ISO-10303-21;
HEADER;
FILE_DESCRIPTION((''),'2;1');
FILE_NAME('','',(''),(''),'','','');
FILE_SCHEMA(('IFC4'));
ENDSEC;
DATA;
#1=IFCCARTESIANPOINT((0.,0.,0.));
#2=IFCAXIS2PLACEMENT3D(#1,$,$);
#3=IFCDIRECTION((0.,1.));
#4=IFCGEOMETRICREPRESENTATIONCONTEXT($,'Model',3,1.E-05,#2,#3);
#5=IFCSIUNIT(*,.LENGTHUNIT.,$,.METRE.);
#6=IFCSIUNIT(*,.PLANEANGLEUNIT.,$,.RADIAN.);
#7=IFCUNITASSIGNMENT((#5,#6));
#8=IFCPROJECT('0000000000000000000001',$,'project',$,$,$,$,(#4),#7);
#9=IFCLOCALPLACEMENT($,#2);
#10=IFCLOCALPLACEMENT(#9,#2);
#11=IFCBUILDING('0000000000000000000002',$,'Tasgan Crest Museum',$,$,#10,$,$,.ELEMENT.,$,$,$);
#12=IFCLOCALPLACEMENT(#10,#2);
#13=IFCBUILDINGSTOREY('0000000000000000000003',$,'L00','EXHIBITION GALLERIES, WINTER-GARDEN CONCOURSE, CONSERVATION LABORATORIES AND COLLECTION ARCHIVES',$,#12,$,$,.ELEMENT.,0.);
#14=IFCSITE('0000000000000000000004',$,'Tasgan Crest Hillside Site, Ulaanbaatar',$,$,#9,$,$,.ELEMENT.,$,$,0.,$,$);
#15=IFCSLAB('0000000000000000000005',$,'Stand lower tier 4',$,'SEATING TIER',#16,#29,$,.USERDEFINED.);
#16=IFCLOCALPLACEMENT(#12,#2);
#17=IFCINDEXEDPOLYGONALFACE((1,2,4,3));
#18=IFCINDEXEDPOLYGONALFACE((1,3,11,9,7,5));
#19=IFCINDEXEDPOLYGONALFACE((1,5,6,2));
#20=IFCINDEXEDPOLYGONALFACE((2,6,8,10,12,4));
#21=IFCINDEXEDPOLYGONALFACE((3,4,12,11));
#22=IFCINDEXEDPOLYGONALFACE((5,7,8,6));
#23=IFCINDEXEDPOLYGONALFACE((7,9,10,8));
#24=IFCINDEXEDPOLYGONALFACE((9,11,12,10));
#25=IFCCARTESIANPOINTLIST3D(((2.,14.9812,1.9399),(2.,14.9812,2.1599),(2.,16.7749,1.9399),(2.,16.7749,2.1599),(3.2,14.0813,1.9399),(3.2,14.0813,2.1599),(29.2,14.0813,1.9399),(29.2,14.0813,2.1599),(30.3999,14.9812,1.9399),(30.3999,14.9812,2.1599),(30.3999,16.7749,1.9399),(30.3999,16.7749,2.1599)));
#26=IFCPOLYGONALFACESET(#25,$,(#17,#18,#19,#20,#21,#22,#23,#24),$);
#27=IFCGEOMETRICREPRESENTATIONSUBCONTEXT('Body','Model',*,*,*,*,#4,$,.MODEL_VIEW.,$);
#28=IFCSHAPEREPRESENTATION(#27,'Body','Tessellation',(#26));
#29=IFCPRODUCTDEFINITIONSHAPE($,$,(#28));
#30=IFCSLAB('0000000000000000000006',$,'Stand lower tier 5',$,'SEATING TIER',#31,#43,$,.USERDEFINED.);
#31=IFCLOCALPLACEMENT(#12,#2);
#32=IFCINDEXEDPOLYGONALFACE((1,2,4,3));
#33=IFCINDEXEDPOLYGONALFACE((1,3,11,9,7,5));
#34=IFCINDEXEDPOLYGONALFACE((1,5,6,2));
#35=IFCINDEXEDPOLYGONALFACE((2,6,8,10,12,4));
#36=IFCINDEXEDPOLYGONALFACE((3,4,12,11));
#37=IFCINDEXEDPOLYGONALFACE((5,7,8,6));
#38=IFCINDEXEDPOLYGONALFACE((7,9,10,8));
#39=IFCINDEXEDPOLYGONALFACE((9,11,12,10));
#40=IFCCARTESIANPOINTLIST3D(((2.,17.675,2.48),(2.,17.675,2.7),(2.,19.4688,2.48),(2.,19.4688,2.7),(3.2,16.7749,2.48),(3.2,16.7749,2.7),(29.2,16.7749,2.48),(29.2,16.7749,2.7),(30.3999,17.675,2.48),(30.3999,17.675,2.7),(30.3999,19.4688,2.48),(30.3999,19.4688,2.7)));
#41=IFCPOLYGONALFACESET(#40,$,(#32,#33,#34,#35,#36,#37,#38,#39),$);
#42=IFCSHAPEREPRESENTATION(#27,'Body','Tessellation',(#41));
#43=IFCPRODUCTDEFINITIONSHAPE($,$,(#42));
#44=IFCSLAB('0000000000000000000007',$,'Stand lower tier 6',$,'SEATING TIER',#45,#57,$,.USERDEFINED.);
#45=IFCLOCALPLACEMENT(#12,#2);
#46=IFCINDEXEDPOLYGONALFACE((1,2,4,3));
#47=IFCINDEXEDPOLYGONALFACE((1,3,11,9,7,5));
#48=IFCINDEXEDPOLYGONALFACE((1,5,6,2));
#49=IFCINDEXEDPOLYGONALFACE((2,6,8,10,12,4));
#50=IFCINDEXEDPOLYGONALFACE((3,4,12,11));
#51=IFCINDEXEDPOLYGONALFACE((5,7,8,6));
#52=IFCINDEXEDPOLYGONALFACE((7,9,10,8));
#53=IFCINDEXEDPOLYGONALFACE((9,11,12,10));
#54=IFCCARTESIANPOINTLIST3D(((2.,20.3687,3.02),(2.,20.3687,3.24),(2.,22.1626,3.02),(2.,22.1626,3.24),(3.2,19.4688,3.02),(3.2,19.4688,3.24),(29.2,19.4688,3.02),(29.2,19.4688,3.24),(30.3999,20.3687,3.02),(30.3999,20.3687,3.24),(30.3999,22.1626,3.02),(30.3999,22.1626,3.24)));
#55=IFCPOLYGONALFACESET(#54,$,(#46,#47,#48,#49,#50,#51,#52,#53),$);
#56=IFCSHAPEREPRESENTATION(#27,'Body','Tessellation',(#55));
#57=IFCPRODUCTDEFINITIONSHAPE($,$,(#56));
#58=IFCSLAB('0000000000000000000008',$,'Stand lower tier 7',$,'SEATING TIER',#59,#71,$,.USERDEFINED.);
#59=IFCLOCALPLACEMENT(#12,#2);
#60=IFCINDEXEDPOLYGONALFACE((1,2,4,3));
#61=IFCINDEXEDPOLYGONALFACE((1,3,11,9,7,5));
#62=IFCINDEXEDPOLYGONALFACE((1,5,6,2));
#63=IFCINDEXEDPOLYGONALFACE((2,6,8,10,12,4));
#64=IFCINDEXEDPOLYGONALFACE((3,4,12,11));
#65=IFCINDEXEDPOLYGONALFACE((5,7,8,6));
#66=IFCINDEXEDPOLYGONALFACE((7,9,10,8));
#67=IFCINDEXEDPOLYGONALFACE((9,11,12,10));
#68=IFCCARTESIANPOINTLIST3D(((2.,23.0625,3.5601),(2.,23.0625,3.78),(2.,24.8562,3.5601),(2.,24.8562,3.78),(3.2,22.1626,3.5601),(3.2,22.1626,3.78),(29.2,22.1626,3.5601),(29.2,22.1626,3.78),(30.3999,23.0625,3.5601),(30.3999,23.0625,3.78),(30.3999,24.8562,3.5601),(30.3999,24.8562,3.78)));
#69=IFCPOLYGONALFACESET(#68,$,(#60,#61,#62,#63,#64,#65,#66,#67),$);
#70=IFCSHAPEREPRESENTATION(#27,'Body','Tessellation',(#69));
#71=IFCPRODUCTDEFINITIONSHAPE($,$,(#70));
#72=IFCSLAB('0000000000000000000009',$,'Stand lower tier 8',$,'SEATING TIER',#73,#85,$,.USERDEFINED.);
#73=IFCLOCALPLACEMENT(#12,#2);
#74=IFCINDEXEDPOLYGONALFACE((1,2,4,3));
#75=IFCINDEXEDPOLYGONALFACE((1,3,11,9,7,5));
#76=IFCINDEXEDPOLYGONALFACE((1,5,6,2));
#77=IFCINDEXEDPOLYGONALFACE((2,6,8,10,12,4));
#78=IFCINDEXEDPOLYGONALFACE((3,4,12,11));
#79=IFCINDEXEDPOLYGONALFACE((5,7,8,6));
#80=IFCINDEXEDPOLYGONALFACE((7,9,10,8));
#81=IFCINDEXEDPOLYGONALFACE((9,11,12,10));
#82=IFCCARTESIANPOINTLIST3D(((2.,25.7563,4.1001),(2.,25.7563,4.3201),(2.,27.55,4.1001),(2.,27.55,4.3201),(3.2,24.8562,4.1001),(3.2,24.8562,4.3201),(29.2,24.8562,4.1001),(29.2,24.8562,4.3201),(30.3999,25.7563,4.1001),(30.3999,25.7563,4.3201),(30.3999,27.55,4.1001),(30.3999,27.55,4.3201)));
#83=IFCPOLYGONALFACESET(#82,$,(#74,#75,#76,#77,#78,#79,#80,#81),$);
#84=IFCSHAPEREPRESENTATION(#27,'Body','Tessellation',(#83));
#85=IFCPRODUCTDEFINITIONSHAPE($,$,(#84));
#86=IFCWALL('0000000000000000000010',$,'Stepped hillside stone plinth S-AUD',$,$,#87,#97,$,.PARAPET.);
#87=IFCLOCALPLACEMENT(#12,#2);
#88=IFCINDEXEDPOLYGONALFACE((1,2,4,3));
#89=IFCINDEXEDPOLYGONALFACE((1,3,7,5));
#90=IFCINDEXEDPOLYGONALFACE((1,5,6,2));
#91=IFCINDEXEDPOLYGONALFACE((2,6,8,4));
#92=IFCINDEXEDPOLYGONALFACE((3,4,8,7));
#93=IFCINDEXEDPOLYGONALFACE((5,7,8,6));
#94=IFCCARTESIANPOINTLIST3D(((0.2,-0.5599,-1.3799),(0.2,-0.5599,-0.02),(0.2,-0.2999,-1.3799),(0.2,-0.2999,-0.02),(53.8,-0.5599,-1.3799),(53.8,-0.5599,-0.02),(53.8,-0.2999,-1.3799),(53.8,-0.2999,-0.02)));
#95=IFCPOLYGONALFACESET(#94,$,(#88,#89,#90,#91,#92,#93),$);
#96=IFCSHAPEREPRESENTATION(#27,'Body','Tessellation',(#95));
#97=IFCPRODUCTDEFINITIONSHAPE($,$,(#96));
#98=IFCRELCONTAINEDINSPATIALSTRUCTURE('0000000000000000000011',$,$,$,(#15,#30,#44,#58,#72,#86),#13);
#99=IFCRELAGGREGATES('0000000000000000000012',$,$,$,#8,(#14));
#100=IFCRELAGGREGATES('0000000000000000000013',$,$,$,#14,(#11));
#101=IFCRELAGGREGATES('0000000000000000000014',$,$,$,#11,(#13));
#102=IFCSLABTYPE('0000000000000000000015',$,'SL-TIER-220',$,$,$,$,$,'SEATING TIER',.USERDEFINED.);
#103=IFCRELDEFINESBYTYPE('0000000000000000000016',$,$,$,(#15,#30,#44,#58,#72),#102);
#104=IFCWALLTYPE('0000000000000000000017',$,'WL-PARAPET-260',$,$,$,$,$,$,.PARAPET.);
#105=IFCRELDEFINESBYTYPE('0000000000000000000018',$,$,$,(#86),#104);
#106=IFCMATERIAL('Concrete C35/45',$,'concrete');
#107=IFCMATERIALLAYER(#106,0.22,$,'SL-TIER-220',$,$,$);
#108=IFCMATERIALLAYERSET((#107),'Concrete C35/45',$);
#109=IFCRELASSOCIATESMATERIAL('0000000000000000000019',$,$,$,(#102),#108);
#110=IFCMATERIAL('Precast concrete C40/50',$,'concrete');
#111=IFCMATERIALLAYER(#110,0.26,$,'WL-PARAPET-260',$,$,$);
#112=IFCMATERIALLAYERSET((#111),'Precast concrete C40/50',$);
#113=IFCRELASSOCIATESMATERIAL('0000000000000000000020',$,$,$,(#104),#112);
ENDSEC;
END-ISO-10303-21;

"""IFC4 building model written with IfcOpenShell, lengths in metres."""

from ifc_helpers import new_model, si_unit, direction, frame, frame_2d, origin, place, context, subcontext, project, spatial, polyline, rectangle, outline, extrude, material, layer, layer_set, type_object, element, save


model = new_model("IFC4")

# Units and contexts
model_context = context("Model", 3, precision=1e-05, world=origin(), true_north=direction((0.0, 1.0)))
body_context = subcontext(model_context, "Body", "Model", "MODEL_VIEW")
ifc_project = project(units=[si_unit("LENGTHUNIT", "METRE"), si_unit("PLANEANGLEUNIT", "RADIAN")], contexts=[model_context])

# Site, building, storey
site_placement = place(None, origin())
site = spatial("IfcSite", under=ifc_project, at=site_placement, Name="Tasgan Crest Hillside Site, Ulaanbaatar", CompositionType="ELEMENT", RefElevation=0.0)
building_placement = place(site_placement, origin())
building = spatial("IfcBuilding", under=site, at=building_placement, Name="Tasgan Crest Museum", CompositionType="ELEMENT")
storey_placement = place(building_placement, origin())
storey = spatial("IfcBuildingStorey", under=building, at=storey_placement, Name="L00", Description="EXHIBITION GALLERIES, WINTER-GARDEN CONCOURSE, CONSERVATION LABORATORIES AND COLLECTION ARCHIVES", CompositionType="ELEMENT", Elevation=0.0)

# Slabs
ifc_material_1 = material(Name="Concrete C35/45", Category="concrete")
ifc_layer_1 = layer(ifc_material_1, 0.22, Name="SL-TIER-220")
ifc_layer_set_1 = layer_set([ifc_layer_1], Name="Concrete C35/45")
slab_type_1 = type_object("IfcSlabType", Name="SL-TIER-220", ElementType="SEATING TIER", PredefinedType="USERDEFINED", material=ifc_layer_set_1)
slab_1_placement = place(storey_placement, frame((0.0, 0.0, 1.9399)))
element("IfcSlab", 1, at=slab_1_placement, inside=storey, type_object=slab_type_1, Name="Stand lower tier 4", ObjectType="SEATING TIER", PredefinedType="USERDEFINED", context=body_context, shape_type="SweptSolid", body=[
    extrude(outline(polyline([(3.2, 14.0813), (29.2, 14.0813), (30.3999, 14.9812), (30.3999, 16.7749), (2.0, 16.7749), (2.0, 14.9812), (3.2, 14.0813)])), origin(), (0.0, 0.0, 1.0), 0.22),
])
slab_2_placement = place(storey_placement, frame((0.0, 0.0, 2.48)))
element("IfcSlab", 2, at=slab_2_placement, inside=storey, type_object=slab_type_1, Name="Stand lower tier 5", ObjectType="SEATING TIER", PredefinedType="USERDEFINED", context=body_context, shape_type="SweptSolid", body=[
    extrude(outline(polyline([(3.2, 16.7749), (29.2, 16.7749), (30.3999, 17.675), (30.3999, 19.4688), (2.0, 19.4688), (2.0, 17.675), (3.2, 16.7749)])), origin(), (0.0, 0.0, 1.0), 0.22),
])
slab_3_placement = place(storey_placement, frame((0.0, 0.0, 3.02)))
element("IfcSlab", 3, at=slab_3_placement, inside=storey, type_object=slab_type_1, Name="Stand lower tier 6", ObjectType="SEATING TIER", PredefinedType="USERDEFINED", context=body_context, shape_type="SweptSolid", body=[
    extrude(outline(polyline([(3.2, 19.4688), (29.2, 19.4688), (30.3999, 20.3687), (30.3999, 22.1626), (2.0, 22.1626), (2.0, 20.3687), (3.2, 19.4688)])), origin(), (0.0, 0.0, 1.0), 0.22),
])
slab_4_placement = place(storey_placement, frame((0.0, 0.0, 3.5601)))
element("IfcSlab", 4, at=slab_4_placement, inside=storey, type_object=slab_type_1, Name="Stand lower tier 7", ObjectType="SEATING TIER", PredefinedType="USERDEFINED", context=body_context, shape_type="SweptSolid", body=[
    extrude(outline(polyline([(3.2, 22.1626), (29.2, 22.1626), (30.3999, 23.0625), (30.3999, 24.8562), (2.0, 24.8562), (2.0, 23.0625), (3.2, 22.1626)])), origin(), (0.0, 0.0, 1.0), 0.22),
])
slab_5_placement = place(storey_placement, frame((0.0, 0.0, 4.1001)))
element("IfcSlab", 5, at=slab_5_placement, inside=storey, type_object=slab_type_1, Name="Stand lower tier 8", ObjectType="SEATING TIER", PredefinedType="USERDEFINED", context=body_context, shape_type="SweptSolid", body=[
    extrude(outline(polyline([(3.2, 24.8562), (29.2, 24.8562), (30.3999, 25.7563), (30.3999, 27.55), (2.0, 27.55), (2.0, 25.7563), (3.2, 24.8562)])), origin(), (0.0, 0.0, 1.0), 0.22),
])

# Wall
ifc_material_2 = material(Name="Precast concrete C40/50", Category="concrete")
ifc_layer_2 = layer(ifc_material_2, 0.26, Name="WL-PARAPET-260")
ifc_layer_set_2 = layer_set([ifc_layer_2], Name="Precast concrete C40/50")
wall_type = type_object("IfcWallType", Name="WL-PARAPET-260", PredefinedType="PARAPET", material=ifc_layer_set_2)
wall_placement = place(storey_placement, frame((0.2, -0.4299, -1.3799), z_axis=(0.0, 0.0, 1.0), x_axis=(1.0, 0.0, 0.0)))
element("IfcWall", 6, at=wall_placement, inside=storey, type_object=wall_type, Name="Stepped hillside stone plinth S-AUD", PredefinedType="PARAPET", context=body_context, shape_type="SweptSolid", body=[
    extrude(rectangle(XDim=53.6001, YDim=0.26, at=frame_2d((26.8, 0.0))), origin(), (0.0, 0.0, 1.0), 1.3599),
])

save(model, "model.ifc")
